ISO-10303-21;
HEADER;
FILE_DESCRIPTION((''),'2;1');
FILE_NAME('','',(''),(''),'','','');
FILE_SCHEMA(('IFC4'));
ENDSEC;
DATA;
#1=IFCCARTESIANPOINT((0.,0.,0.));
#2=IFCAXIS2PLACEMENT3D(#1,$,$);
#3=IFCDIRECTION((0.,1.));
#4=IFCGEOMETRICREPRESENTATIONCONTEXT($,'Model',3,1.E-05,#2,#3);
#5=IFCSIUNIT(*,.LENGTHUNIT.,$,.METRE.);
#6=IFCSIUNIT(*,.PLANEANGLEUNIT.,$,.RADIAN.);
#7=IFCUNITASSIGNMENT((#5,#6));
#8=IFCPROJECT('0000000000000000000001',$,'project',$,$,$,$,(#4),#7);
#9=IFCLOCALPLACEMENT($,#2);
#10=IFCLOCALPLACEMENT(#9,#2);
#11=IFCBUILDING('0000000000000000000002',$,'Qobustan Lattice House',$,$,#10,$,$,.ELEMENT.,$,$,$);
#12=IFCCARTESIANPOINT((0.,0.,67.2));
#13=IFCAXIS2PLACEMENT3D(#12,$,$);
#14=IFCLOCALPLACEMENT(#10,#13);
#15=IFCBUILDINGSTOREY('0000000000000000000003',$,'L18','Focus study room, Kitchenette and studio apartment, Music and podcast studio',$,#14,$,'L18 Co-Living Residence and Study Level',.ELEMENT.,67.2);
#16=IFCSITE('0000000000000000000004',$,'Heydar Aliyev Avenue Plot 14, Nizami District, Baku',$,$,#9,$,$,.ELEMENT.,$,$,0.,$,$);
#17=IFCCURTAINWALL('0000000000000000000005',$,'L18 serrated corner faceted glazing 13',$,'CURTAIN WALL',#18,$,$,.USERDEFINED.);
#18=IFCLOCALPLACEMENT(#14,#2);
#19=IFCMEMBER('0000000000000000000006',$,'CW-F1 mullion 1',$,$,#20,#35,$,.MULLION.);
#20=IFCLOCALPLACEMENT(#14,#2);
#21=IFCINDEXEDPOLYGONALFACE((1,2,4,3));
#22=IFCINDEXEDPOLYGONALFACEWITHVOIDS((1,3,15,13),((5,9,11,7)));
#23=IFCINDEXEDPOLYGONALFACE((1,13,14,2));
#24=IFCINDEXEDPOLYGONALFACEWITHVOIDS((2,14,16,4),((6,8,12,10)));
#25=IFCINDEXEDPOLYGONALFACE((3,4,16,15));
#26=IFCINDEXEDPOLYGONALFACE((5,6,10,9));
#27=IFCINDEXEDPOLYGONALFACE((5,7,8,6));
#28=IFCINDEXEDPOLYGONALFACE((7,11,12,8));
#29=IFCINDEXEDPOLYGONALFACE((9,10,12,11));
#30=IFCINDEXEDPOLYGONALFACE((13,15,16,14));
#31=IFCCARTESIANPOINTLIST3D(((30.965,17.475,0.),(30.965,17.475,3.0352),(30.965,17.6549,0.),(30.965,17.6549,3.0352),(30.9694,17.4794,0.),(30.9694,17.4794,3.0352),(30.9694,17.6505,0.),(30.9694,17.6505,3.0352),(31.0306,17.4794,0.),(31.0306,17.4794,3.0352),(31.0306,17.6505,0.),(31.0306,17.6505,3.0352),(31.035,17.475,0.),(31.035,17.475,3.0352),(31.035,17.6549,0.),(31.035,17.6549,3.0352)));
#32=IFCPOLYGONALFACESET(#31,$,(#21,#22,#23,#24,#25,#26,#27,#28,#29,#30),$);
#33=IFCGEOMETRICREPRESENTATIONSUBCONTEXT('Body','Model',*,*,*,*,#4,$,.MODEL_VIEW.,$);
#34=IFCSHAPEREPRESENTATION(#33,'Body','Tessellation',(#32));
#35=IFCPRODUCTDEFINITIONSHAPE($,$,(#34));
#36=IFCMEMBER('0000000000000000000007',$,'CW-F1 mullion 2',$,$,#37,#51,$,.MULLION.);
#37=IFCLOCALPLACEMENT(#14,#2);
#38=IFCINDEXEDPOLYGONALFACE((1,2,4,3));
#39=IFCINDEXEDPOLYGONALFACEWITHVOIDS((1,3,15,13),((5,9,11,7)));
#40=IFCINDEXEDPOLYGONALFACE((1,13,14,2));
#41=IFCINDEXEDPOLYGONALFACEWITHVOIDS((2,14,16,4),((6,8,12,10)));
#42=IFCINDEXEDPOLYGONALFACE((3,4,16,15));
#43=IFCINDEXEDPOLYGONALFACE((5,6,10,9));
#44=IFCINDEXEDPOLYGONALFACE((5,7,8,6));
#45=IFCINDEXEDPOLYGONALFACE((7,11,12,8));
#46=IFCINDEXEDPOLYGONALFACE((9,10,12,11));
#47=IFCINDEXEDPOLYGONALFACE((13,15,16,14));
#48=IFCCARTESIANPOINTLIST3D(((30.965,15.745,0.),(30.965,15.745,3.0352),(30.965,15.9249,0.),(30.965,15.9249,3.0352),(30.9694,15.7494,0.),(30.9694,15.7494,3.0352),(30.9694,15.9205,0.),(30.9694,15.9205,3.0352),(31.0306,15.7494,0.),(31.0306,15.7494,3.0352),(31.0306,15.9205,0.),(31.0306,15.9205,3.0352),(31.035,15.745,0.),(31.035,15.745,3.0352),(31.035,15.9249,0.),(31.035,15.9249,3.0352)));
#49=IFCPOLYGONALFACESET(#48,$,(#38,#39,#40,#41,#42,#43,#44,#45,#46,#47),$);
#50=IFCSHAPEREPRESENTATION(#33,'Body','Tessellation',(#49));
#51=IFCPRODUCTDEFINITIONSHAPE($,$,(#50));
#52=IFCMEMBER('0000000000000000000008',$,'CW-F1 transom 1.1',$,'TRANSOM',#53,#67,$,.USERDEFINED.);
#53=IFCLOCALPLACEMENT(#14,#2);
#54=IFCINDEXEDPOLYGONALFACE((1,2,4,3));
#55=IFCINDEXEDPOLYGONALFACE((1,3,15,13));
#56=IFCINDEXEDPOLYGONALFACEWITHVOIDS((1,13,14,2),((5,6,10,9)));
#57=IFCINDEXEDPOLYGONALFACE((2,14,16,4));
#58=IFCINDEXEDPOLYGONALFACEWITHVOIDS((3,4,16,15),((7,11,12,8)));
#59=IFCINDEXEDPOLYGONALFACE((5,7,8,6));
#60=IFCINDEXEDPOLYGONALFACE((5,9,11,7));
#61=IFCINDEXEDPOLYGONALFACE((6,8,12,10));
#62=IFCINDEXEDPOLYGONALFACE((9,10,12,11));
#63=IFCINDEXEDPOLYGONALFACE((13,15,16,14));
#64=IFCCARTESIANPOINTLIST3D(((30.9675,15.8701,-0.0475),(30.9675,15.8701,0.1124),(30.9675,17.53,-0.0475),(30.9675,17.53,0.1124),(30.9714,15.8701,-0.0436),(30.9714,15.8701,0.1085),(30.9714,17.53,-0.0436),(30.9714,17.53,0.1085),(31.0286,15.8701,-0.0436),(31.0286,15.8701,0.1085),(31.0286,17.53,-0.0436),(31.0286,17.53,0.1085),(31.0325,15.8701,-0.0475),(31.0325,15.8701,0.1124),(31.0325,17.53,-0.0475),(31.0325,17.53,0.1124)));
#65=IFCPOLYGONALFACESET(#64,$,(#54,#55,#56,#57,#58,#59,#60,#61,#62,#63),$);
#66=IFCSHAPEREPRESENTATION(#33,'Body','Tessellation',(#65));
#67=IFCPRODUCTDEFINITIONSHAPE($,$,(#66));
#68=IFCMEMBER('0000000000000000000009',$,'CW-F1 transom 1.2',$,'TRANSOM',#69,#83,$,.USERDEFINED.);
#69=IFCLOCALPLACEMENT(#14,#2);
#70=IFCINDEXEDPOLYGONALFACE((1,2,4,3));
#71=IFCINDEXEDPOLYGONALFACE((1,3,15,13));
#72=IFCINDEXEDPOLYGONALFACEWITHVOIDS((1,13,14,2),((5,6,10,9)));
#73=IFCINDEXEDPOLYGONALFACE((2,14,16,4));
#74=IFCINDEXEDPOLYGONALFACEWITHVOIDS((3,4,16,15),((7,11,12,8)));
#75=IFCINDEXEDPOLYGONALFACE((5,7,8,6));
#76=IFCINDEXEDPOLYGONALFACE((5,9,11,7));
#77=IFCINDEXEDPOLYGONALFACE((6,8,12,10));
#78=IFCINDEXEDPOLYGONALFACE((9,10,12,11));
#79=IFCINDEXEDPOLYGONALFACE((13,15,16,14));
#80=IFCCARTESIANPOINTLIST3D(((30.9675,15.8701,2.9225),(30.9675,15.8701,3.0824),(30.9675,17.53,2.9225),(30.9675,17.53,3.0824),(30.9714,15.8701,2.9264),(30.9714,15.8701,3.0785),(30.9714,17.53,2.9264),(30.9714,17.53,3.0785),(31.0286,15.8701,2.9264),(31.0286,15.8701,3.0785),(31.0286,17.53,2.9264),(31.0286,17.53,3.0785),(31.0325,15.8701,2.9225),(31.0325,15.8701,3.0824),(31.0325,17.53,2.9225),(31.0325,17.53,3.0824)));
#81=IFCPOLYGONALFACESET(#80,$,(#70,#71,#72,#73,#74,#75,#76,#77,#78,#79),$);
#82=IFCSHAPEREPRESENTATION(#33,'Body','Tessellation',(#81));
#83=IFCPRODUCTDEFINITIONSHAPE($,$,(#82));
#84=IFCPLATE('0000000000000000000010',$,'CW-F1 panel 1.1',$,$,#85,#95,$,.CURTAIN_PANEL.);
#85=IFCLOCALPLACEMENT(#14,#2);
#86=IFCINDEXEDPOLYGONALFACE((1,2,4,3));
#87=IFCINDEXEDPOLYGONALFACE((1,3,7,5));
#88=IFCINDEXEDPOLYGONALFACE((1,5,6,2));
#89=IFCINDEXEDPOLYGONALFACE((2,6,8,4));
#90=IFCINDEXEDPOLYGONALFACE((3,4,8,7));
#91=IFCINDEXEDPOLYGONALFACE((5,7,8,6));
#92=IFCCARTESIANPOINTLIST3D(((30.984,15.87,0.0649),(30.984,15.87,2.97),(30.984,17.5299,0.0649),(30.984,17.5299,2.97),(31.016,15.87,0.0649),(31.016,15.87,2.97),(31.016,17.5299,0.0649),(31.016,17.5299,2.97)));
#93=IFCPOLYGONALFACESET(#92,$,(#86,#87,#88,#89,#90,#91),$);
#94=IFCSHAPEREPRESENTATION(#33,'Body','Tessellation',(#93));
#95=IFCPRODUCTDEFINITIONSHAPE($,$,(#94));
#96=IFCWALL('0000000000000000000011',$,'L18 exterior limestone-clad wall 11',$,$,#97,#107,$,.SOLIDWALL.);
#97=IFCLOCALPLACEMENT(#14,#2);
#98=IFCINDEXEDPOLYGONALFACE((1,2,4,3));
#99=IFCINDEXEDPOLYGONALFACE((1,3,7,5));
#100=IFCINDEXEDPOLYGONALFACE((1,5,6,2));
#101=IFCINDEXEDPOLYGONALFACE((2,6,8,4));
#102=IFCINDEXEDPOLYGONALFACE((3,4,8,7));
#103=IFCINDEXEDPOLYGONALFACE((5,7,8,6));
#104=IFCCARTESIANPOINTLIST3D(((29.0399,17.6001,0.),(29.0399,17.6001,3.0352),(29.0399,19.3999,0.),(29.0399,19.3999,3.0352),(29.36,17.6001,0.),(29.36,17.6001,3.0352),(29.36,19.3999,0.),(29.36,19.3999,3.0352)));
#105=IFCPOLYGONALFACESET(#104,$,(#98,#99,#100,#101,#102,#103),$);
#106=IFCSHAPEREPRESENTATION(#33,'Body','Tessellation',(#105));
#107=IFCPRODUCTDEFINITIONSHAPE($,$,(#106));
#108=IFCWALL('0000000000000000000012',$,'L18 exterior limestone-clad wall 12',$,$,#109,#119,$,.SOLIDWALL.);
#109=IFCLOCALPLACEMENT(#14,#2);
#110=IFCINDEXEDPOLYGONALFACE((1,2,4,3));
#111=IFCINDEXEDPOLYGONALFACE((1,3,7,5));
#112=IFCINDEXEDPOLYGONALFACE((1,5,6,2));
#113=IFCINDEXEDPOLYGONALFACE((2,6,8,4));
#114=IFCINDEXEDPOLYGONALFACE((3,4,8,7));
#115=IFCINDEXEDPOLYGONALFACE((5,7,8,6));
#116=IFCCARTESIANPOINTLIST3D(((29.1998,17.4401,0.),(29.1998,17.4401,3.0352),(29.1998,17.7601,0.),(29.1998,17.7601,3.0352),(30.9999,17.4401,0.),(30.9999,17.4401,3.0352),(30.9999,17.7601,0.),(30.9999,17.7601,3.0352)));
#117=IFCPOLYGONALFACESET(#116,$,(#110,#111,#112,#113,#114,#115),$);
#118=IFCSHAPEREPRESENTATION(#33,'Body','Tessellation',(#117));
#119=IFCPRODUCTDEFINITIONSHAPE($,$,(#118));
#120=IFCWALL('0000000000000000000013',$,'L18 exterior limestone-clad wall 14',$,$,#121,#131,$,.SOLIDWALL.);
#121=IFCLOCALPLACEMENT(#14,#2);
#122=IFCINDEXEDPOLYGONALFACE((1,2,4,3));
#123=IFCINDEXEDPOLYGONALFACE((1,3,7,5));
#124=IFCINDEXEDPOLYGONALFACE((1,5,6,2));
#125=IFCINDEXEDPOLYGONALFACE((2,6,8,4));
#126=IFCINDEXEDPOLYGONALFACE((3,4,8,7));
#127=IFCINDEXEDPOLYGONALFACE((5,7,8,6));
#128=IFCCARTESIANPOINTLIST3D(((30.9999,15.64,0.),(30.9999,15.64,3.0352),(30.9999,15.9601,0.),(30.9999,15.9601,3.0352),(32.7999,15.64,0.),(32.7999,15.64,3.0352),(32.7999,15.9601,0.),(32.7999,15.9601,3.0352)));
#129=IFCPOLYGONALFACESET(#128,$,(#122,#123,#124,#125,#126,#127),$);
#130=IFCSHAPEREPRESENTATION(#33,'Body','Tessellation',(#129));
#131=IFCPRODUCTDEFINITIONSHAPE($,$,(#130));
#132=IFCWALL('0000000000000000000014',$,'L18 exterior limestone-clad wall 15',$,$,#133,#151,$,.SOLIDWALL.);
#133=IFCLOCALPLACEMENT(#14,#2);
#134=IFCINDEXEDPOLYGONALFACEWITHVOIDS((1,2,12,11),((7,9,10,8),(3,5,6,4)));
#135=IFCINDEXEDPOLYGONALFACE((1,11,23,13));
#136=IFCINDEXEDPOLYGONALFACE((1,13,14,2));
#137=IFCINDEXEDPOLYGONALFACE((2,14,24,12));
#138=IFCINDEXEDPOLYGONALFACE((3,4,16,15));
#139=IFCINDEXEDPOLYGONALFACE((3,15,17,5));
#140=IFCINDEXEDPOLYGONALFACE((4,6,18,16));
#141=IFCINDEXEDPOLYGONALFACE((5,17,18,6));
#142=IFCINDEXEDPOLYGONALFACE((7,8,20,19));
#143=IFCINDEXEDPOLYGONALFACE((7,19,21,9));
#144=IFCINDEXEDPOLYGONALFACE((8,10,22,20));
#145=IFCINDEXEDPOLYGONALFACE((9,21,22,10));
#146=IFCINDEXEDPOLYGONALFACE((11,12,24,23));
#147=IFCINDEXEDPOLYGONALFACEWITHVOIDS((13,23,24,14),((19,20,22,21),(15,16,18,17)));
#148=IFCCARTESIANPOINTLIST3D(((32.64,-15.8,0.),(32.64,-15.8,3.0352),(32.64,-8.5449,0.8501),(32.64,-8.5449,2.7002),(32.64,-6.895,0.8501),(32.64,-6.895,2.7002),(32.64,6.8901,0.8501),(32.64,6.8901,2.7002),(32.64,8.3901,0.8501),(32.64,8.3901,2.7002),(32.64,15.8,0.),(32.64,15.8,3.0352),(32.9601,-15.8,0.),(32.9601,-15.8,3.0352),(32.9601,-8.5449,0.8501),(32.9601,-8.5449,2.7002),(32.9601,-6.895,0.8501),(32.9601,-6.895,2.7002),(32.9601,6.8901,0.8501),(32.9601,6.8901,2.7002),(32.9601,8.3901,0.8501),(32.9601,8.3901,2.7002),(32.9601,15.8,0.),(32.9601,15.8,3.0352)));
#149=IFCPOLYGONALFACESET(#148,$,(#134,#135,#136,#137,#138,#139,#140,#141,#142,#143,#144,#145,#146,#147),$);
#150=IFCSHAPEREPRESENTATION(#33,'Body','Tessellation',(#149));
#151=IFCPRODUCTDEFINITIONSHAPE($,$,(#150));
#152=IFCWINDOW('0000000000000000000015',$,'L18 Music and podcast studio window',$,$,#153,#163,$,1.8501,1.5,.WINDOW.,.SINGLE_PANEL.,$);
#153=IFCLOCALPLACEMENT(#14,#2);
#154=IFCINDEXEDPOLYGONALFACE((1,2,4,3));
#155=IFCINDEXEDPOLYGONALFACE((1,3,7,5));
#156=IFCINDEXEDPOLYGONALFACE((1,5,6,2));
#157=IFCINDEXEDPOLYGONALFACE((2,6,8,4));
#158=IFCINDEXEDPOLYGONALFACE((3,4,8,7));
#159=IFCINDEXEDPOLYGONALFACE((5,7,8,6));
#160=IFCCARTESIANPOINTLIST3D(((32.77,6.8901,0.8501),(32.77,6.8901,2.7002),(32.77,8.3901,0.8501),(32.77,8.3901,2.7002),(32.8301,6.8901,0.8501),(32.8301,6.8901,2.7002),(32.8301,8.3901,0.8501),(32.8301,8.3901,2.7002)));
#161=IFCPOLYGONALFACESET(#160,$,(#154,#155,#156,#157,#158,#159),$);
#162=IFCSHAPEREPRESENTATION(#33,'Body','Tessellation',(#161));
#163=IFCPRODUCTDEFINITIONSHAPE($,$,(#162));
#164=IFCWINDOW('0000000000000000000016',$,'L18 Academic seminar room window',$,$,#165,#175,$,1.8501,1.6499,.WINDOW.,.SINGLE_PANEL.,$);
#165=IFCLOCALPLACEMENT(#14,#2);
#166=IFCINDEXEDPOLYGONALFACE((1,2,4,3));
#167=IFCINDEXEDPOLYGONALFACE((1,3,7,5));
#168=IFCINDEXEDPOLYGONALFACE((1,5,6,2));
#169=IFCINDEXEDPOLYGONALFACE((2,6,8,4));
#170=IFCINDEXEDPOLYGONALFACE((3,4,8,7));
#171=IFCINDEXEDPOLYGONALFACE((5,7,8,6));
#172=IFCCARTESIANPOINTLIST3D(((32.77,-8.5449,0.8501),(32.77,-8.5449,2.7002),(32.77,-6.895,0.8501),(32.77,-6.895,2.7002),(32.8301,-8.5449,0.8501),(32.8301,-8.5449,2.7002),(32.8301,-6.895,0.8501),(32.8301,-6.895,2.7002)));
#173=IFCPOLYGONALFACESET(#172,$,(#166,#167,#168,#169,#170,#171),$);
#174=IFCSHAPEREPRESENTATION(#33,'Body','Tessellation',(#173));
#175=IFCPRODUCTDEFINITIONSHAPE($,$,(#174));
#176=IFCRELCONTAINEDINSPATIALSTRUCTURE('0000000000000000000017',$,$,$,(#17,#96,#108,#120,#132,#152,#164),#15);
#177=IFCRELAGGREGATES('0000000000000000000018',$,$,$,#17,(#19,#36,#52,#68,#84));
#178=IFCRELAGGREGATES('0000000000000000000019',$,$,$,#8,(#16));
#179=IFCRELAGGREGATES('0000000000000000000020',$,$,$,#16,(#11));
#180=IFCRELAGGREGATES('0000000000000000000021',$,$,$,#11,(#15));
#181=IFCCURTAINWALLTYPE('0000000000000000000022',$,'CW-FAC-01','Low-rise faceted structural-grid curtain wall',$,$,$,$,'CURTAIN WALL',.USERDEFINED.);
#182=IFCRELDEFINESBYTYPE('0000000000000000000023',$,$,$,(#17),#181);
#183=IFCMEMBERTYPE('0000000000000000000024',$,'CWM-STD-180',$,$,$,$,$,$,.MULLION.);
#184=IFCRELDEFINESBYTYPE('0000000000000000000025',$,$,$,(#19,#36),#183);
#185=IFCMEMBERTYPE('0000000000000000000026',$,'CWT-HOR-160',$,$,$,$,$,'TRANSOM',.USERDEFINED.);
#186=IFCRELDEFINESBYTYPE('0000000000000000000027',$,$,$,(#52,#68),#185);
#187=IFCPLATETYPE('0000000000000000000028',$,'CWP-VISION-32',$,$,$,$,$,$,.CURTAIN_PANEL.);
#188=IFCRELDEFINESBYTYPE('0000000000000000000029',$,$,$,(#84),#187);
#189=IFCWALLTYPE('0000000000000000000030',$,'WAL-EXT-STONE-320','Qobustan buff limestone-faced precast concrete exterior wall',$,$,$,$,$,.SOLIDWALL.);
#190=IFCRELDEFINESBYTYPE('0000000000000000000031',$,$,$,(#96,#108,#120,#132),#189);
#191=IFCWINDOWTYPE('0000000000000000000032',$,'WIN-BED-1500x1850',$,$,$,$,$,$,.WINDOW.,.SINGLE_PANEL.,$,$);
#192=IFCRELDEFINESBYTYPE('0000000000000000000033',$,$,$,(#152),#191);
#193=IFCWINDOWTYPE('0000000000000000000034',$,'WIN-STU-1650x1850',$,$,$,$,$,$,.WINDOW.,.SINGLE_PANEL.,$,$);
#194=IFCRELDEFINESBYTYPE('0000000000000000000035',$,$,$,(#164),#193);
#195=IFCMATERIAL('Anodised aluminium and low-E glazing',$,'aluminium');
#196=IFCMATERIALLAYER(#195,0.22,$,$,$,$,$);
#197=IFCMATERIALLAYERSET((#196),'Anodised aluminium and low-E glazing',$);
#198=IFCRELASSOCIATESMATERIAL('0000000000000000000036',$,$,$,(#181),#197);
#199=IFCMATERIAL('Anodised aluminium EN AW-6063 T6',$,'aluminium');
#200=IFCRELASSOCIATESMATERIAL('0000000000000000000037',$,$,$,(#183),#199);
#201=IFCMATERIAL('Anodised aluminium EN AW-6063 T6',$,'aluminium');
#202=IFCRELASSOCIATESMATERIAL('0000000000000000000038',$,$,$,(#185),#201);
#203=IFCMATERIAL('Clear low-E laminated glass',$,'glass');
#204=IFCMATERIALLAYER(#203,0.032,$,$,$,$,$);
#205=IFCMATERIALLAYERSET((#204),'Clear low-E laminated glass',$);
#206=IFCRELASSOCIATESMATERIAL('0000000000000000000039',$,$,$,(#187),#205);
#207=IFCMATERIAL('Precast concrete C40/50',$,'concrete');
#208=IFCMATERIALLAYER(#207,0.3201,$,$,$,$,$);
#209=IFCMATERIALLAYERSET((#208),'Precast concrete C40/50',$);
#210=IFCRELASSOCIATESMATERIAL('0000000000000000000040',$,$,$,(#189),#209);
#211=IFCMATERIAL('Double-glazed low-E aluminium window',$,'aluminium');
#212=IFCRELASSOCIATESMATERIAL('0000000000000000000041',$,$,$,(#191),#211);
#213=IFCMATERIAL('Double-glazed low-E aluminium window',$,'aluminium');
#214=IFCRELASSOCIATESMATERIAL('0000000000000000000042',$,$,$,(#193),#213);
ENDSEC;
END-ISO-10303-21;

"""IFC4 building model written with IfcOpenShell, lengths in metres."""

from ifc_helpers import new_model, si_unit, direction, frame, frame_2d, origin, origin_2d, place, context, subcontext, project, spatial, rectangle, hollow_rectangle, extrude, material, layer, layer_set, material_profile, profile_set, type_object, element, fill, aggregate, save


model = new_model("IFC4")

# Units and contexts
model_context = context("Model", 3, precision=1e-05, world=origin(), true_north=direction((0.0, 1.0)))
body_context = subcontext(model_context, "Body", "Model", "MODEL_VIEW")
ifc_project = project(units=[si_unit("LENGTHUNIT", "METRE"), si_unit("PLANEANGLEUNIT", "RADIAN")], contexts=[model_context])

# Site, building, storey
site_placement = place(None, origin())
site = spatial("IfcSite", under=ifc_project, at=site_placement, Name="Heydar Aliyev Avenue Plot 14, Nizami District, Baku", CompositionType="ELEMENT", RefElevation=0.0)
building_placement = place(site_placement, origin())
building = spatial("IfcBuilding", under=site, at=building_placement, Name="Qobustan Lattice House", CompositionType="ELEMENT")
storey_placement = place(building_placement, frame((0.0, 0.0, 67.2)))
storey = spatial("IfcBuildingStorey", under=building, at=storey_placement, Name="L18", Description="Focus study room, Kitchenette and studio apartment, Music and podcast studio", LongName="L18 Co-Living Residence and Study Level", CompositionType="ELEMENT", Elevation=67.2)

# Curtain wall, members, plate
ifc_material_1 = material(Name="Anodised aluminium and low-E glazing", Category="aluminium")
ifc_layer_1 = layer(ifc_material_1, 0.22)
ifc_layer_set_1 = layer_set([ifc_layer_1], Name="Anodised aluminium and low-E glazing")
curtain_wall_type = type_object("IfcCurtainWallType", Name="CW-FAC-01", Description="Low-rise faceted structural-grid curtain wall", ElementType="CURTAIN WALL", PredefinedType="USERDEFINED", material=ifc_layer_set_1)
curtain_wall_placement = place(storey_placement, origin())
curtain_wall = element("IfcCurtainWall", 1, at=curtain_wall_placement, inside=storey, type_object=curtain_wall_type, Name="L18 serrated corner faceted glazing 13", ObjectType="CURTAIN WALL", PredefinedType="USERDEFINED")
ifc_material_2 = material(Name="Anodised aluminium EN AW-6063 T6", Category="aluminium")
ifc_material_profile_1 = material_profile(ifc_material_2, hollow_rectangle(XDim=0.0701, YDim=0.1799, WallThickness=0.0044, at=origin_2d()), Name="CWM-180x70")
ifc_profile_set_1 = profile_set([ifc_material_profile_1], Name="Anodised aluminium EN AW-6063 T6")
member_type_1 = type_object("IfcMemberType", Name="CWM-STD-180", PredefinedType="MULLION", material=ifc_profile_set_1)
member_1_placement = place(storey_placement, frame((31.0, 17.5649, 0.0), z_axis=(0.0, 0.0, 1.0), x_axis=(1.0, 0.0, 0.0)))
member_1 = element("IfcMember", 2, at=member_1_placement, type_object=member_type_1, Name="CW-F1 mullion 1", PredefinedType="MULLION", context=body_context, shape_type="SweptSolid", body=[
    extrude(hollow_rectangle(XDim=0.0701, YDim=0.1799, WallThickness=0.0044, at=origin_2d()), origin(), (0.0, 0.0, 1.0), 3.0352),
])
member_2_placement = place(storey_placement, frame((31.0, 15.835, 0.0), z_axis=(0.0, 0.0, 1.0), x_axis=(1.0, 0.0, 0.0)))
member_2 = element("IfcMember", 3, at=member_2_placement, type_object=member_type_1, Name="CW-F1 mullion 2", PredefinedType="MULLION", context=body_context, shape_type="SweptSolid", body=[
    extrude(hollow_rectangle(XDim=0.0701, YDim=0.1799, WallThickness=0.0044, at=origin_2d()), origin(), (0.0, 0.0, 1.0), 3.0352),
])
ifc_material_3 = material(Name="Anodised aluminium EN AW-6063 T6", Category="aluminium")
ifc_material_profile_2 = material_profile(ifc_material_3, hollow_rectangle(XDim=0.0649, YDim=0.1599, WallThickness=0.0039, at=origin_2d()), Name="CWT-160x65")
ifc_profile_set_2 = profile_set([ifc_material_profile_2], Name="Anodised aluminium EN AW-6063 T6")
member_type_2 = type_object("IfcMemberType", Name="CWT-HOR-160", ElementType="TRANSOM", PredefinedType="USERDEFINED", material=ifc_profile_set_2)
member_3_placement = place(storey_placement, frame((31.0, 17.53, 0.0325), z_axis=(0.0, -1.0, 0.0), x_axis=(1.0, 0.0, 0.0)))
member_3 = element("IfcMember", 4, at=member_3_placement, type_object=member_type_2, Name="CW-F1 transom 1.1", ObjectType="TRANSOM", PredefinedType="USERDEFINED", context=body_context, shape_type="SweptSolid", body=[
    extrude(hollow_rectangle(XDim=0.0649, YDim=0.1599, WallThickness=0.0039, at=origin_2d()), origin(), (0.0, 0.0, 1.0), 1.6599),
])
member_4_placement = place(storey_placement, frame((31.0, 17.53, 3.0024), z_axis=(0.0, -1.0, 0.0), x_axis=(1.0, 0.0, 0.0)))
member_4 = element("IfcMember", 5, at=member_4_placement, type_object=member_type_2, Name="CW-F1 transom 1.2", ObjectType="TRANSOM", PredefinedType="USERDEFINED", context=body_context, shape_type="SweptSolid", body=[
    extrude(hollow_rectangle(XDim=0.0649, YDim=0.1599, WallThickness=0.0039, at=origin_2d()), origin(), (0.0, 0.0, 1.0), 1.6599),
])
ifc_material_4 = material(Name="Clear low-E laminated glass", Category="glass")
ifc_layer_2 = layer(ifc_material_4, 0.032)
ifc_layer_set_2 = layer_set([ifc_layer_2], Name="Clear low-E laminated glass")
plate_type = type_object("IfcPlateType", Name="CWP-VISION-32", PredefinedType="CURTAIN_PANEL", material=ifc_layer_set_2)
plate_placement = place(storey_placement, frame((31.0, 16.7, 0.0649), z_axis=(0.0, 0.0, 1.0), x_axis=(0.0, -1.0, 0.0)))
plate = element("IfcPlate", 6, at=plate_placement, type_object=plate_type, Name="CW-F1 panel 1.1", PredefinedType="CURTAIN_PANEL", context=body_context, shape_type="SweptSolid", body=[
    extrude(rectangle(XDim=1.6599, YDim=0.032, at=origin_2d()), origin(), (0.0, 0.0, 1.0), 2.905),
])
aggregate(curtain_wall, [member_1, member_2, member_3, member_4, plate])

# Walls
ifc_material_5 = material(Name="Precast concrete C40/50", Category="concrete")
ifc_layer_3 = layer(ifc_material_5, 0.3201)
ifc_layer_set_3 = layer_set([ifc_layer_3], Name="Precast concrete C40/50")
wall_type_1 = type_object("IfcWallType", Name="WAL-EXT-STONE-320", Description="Qobustan buff limestone-faced precast concrete exterior wall", PredefinedType="SOLIDWALL", material=ifc_layer_set_3)
wall_1_placement = place(storey_placement, frame((29.2, 19.3999, 0.0), z_axis=(0.0, 0.0, 1.0), x_axis=(0.0, -1.0, 0.0)))
element("IfcWall", 7, at=wall_1_placement, inside=storey, type_object=wall_type_1, Name="L18 exterior limestone-clad wall 11", PredefinedType="SOLIDWALL", context=body_context, shape_type="SweptSolid", body=[
    extrude(rectangle(XDim=1.7998, YDim=0.3201, at=frame_2d((0.8999, 0.0))), origin(), (0.0, 0.0, 1.0), 3.0352),
])
for number, where, z_axis, x_axis, name in (
    (8, (29.2, 17.6001, 0.0), (0.0, 0.0, 1.0), (1.0, 0.0, 0.0), "L18 exterior limestone-clad wall 12"),
    (9, (31.0, 15.8, 0.0), (0.0, 0.0, 1.0), (1.0, 0.0, 0.0), "L18 exterior limestone-clad wall 14"),
):
    element("IfcWall", number, at=place(storey_placement, frame(where, z_axis=z_axis, x_axis=x_axis)), inside=storey, type_object=wall_type_1, Name=name, PredefinedType="SOLIDWALL", context=body_context, shape_type="SweptSolid", body=[
        extrude(rectangle(XDim=1.8, YDim=0.3201, at=frame_2d((0.8999, 0.0))), origin(), (0.0, 0.0, 1.0), 3.0352),
    ])

# Wall, openings, windows
wall_2_placement = place(storey_placement, frame((32.8, 15.8, 0.0), z_axis=(0.0, 0.0, 1.0), x_axis=(0.0, -1.0, 0.0)))
wall_2 = element("IfcWall", 10, at=wall_2_placement, inside=storey, type_object=wall_type_1, Name="L18 exterior limestone-clad wall 15", PredefinedType="SOLIDWALL", context=body_context, shape_type="SweptSolid", body=[
    extrude(rectangle(XDim=31.6001, YDim=0.3201, at=frame_2d((15.8, 0.0))), origin(), (0.0, 0.0, 1.0), 3.0352),
])
opening_1_placement = place(wall_2_placement, frame((7.4099, 0.0, 0.8501)))
opening_1 = element("IfcOpeningElement", 11, at=opening_1_placement, cuts=wall_2, PredefinedType="OPENING", context=body_context, shape_type="SweptSolid", body=[
    extrude(rectangle(XDim=1.5, YDim=1.8501, at=frame_2d((0.75, 0.925))), frame((0.0, 0.1699, 0.0), z_axis=(0.0, -1.0, 0.0), x_axis=(1.0, 0.0, 0.0)), (0.0, 0.0, 1.0), 0.3401),
])
opening_2_placement = place(wall_2_placement, frame((22.6951, 0.0, 0.8501)))
opening_2 = element("IfcOpeningElement", 12, at=opening_2_placement, cuts=wall_2, PredefinedType="OPENING", context=body_context, shape_type="SweptSolid", body=[
    extrude(rectangle(XDim=1.6499, YDim=1.8501, at=frame_2d((0.825, 0.925))), frame((0.0, 0.1699, 0.0), z_axis=(0.0, -1.0, 0.0), x_axis=(1.0, 0.0, 0.0)), (0.0, 0.0, 1.0), 0.3401),
])
ifc_material_6 = material(Name="Double-glazed low-E aluminium window", Category="aluminium")
window_type_1 = type_object("IfcWindowType", Name="WIN-BED-1500x1850", PartitioningType="SINGLE_PANEL", PredefinedType="WINDOW", material=ifc_material_6)
window_1_placement = place(opening_1_placement, origin())
window_1 = element("IfcWindow", 13, at=window_1_placement, inside=storey, type_object=window_type_1, Name="L18 Music and podcast studio window", OverallHeight=1.8501, OverallWidth=1.5, PartitioningType="SINGLE_PANEL", PredefinedType="WINDOW", context=body_context, shape_type="SweptSolid", body=[
    extrude(rectangle(XDim=1.5, YDim=1.8501, at=frame_2d((0.75, 0.925))), frame((0.0, 0.03, 0.0), z_axis=(0.0, -1.0, 0.0), x_axis=(1.0, 0.0, 0.0)), (0.0, 0.0, 1.0), 0.0601),
])
fill(opening_1, window_1)
ifc_material_7 = material(Name="Double-glazed low-E aluminium window", Category="aluminium")
window_type_2 = type_object("IfcWindowType", Name="WIN-STU-1650x1850", PartitioningType="SINGLE_PANEL", PredefinedType="WINDOW", material=ifc_material_7)
window_2_placement = place(opening_2_placement, origin())
window_2 = element("IfcWindow", 14, at=window_2_placement, inside=storey, type_object=window_type_2, Name="L18 Academic seminar room window", OverallHeight=1.8501, OverallWidth=1.6499, PartitioningType="SINGLE_PANEL", PredefinedType="WINDOW", context=body_context, shape_type="SweptSolid", body=[
    extrude(rectangle(XDim=1.6499, YDim=1.8501, at=frame_2d((0.825, 0.925))), frame((0.0, 0.03, 0.0), z_axis=(0.0, -1.0, 0.0), x_axis=(1.0, 0.0, 0.0)), (0.0, 0.0, 1.0), 0.0601),
])
fill(opening_2, window_2)

save(model, "model.ifc")
